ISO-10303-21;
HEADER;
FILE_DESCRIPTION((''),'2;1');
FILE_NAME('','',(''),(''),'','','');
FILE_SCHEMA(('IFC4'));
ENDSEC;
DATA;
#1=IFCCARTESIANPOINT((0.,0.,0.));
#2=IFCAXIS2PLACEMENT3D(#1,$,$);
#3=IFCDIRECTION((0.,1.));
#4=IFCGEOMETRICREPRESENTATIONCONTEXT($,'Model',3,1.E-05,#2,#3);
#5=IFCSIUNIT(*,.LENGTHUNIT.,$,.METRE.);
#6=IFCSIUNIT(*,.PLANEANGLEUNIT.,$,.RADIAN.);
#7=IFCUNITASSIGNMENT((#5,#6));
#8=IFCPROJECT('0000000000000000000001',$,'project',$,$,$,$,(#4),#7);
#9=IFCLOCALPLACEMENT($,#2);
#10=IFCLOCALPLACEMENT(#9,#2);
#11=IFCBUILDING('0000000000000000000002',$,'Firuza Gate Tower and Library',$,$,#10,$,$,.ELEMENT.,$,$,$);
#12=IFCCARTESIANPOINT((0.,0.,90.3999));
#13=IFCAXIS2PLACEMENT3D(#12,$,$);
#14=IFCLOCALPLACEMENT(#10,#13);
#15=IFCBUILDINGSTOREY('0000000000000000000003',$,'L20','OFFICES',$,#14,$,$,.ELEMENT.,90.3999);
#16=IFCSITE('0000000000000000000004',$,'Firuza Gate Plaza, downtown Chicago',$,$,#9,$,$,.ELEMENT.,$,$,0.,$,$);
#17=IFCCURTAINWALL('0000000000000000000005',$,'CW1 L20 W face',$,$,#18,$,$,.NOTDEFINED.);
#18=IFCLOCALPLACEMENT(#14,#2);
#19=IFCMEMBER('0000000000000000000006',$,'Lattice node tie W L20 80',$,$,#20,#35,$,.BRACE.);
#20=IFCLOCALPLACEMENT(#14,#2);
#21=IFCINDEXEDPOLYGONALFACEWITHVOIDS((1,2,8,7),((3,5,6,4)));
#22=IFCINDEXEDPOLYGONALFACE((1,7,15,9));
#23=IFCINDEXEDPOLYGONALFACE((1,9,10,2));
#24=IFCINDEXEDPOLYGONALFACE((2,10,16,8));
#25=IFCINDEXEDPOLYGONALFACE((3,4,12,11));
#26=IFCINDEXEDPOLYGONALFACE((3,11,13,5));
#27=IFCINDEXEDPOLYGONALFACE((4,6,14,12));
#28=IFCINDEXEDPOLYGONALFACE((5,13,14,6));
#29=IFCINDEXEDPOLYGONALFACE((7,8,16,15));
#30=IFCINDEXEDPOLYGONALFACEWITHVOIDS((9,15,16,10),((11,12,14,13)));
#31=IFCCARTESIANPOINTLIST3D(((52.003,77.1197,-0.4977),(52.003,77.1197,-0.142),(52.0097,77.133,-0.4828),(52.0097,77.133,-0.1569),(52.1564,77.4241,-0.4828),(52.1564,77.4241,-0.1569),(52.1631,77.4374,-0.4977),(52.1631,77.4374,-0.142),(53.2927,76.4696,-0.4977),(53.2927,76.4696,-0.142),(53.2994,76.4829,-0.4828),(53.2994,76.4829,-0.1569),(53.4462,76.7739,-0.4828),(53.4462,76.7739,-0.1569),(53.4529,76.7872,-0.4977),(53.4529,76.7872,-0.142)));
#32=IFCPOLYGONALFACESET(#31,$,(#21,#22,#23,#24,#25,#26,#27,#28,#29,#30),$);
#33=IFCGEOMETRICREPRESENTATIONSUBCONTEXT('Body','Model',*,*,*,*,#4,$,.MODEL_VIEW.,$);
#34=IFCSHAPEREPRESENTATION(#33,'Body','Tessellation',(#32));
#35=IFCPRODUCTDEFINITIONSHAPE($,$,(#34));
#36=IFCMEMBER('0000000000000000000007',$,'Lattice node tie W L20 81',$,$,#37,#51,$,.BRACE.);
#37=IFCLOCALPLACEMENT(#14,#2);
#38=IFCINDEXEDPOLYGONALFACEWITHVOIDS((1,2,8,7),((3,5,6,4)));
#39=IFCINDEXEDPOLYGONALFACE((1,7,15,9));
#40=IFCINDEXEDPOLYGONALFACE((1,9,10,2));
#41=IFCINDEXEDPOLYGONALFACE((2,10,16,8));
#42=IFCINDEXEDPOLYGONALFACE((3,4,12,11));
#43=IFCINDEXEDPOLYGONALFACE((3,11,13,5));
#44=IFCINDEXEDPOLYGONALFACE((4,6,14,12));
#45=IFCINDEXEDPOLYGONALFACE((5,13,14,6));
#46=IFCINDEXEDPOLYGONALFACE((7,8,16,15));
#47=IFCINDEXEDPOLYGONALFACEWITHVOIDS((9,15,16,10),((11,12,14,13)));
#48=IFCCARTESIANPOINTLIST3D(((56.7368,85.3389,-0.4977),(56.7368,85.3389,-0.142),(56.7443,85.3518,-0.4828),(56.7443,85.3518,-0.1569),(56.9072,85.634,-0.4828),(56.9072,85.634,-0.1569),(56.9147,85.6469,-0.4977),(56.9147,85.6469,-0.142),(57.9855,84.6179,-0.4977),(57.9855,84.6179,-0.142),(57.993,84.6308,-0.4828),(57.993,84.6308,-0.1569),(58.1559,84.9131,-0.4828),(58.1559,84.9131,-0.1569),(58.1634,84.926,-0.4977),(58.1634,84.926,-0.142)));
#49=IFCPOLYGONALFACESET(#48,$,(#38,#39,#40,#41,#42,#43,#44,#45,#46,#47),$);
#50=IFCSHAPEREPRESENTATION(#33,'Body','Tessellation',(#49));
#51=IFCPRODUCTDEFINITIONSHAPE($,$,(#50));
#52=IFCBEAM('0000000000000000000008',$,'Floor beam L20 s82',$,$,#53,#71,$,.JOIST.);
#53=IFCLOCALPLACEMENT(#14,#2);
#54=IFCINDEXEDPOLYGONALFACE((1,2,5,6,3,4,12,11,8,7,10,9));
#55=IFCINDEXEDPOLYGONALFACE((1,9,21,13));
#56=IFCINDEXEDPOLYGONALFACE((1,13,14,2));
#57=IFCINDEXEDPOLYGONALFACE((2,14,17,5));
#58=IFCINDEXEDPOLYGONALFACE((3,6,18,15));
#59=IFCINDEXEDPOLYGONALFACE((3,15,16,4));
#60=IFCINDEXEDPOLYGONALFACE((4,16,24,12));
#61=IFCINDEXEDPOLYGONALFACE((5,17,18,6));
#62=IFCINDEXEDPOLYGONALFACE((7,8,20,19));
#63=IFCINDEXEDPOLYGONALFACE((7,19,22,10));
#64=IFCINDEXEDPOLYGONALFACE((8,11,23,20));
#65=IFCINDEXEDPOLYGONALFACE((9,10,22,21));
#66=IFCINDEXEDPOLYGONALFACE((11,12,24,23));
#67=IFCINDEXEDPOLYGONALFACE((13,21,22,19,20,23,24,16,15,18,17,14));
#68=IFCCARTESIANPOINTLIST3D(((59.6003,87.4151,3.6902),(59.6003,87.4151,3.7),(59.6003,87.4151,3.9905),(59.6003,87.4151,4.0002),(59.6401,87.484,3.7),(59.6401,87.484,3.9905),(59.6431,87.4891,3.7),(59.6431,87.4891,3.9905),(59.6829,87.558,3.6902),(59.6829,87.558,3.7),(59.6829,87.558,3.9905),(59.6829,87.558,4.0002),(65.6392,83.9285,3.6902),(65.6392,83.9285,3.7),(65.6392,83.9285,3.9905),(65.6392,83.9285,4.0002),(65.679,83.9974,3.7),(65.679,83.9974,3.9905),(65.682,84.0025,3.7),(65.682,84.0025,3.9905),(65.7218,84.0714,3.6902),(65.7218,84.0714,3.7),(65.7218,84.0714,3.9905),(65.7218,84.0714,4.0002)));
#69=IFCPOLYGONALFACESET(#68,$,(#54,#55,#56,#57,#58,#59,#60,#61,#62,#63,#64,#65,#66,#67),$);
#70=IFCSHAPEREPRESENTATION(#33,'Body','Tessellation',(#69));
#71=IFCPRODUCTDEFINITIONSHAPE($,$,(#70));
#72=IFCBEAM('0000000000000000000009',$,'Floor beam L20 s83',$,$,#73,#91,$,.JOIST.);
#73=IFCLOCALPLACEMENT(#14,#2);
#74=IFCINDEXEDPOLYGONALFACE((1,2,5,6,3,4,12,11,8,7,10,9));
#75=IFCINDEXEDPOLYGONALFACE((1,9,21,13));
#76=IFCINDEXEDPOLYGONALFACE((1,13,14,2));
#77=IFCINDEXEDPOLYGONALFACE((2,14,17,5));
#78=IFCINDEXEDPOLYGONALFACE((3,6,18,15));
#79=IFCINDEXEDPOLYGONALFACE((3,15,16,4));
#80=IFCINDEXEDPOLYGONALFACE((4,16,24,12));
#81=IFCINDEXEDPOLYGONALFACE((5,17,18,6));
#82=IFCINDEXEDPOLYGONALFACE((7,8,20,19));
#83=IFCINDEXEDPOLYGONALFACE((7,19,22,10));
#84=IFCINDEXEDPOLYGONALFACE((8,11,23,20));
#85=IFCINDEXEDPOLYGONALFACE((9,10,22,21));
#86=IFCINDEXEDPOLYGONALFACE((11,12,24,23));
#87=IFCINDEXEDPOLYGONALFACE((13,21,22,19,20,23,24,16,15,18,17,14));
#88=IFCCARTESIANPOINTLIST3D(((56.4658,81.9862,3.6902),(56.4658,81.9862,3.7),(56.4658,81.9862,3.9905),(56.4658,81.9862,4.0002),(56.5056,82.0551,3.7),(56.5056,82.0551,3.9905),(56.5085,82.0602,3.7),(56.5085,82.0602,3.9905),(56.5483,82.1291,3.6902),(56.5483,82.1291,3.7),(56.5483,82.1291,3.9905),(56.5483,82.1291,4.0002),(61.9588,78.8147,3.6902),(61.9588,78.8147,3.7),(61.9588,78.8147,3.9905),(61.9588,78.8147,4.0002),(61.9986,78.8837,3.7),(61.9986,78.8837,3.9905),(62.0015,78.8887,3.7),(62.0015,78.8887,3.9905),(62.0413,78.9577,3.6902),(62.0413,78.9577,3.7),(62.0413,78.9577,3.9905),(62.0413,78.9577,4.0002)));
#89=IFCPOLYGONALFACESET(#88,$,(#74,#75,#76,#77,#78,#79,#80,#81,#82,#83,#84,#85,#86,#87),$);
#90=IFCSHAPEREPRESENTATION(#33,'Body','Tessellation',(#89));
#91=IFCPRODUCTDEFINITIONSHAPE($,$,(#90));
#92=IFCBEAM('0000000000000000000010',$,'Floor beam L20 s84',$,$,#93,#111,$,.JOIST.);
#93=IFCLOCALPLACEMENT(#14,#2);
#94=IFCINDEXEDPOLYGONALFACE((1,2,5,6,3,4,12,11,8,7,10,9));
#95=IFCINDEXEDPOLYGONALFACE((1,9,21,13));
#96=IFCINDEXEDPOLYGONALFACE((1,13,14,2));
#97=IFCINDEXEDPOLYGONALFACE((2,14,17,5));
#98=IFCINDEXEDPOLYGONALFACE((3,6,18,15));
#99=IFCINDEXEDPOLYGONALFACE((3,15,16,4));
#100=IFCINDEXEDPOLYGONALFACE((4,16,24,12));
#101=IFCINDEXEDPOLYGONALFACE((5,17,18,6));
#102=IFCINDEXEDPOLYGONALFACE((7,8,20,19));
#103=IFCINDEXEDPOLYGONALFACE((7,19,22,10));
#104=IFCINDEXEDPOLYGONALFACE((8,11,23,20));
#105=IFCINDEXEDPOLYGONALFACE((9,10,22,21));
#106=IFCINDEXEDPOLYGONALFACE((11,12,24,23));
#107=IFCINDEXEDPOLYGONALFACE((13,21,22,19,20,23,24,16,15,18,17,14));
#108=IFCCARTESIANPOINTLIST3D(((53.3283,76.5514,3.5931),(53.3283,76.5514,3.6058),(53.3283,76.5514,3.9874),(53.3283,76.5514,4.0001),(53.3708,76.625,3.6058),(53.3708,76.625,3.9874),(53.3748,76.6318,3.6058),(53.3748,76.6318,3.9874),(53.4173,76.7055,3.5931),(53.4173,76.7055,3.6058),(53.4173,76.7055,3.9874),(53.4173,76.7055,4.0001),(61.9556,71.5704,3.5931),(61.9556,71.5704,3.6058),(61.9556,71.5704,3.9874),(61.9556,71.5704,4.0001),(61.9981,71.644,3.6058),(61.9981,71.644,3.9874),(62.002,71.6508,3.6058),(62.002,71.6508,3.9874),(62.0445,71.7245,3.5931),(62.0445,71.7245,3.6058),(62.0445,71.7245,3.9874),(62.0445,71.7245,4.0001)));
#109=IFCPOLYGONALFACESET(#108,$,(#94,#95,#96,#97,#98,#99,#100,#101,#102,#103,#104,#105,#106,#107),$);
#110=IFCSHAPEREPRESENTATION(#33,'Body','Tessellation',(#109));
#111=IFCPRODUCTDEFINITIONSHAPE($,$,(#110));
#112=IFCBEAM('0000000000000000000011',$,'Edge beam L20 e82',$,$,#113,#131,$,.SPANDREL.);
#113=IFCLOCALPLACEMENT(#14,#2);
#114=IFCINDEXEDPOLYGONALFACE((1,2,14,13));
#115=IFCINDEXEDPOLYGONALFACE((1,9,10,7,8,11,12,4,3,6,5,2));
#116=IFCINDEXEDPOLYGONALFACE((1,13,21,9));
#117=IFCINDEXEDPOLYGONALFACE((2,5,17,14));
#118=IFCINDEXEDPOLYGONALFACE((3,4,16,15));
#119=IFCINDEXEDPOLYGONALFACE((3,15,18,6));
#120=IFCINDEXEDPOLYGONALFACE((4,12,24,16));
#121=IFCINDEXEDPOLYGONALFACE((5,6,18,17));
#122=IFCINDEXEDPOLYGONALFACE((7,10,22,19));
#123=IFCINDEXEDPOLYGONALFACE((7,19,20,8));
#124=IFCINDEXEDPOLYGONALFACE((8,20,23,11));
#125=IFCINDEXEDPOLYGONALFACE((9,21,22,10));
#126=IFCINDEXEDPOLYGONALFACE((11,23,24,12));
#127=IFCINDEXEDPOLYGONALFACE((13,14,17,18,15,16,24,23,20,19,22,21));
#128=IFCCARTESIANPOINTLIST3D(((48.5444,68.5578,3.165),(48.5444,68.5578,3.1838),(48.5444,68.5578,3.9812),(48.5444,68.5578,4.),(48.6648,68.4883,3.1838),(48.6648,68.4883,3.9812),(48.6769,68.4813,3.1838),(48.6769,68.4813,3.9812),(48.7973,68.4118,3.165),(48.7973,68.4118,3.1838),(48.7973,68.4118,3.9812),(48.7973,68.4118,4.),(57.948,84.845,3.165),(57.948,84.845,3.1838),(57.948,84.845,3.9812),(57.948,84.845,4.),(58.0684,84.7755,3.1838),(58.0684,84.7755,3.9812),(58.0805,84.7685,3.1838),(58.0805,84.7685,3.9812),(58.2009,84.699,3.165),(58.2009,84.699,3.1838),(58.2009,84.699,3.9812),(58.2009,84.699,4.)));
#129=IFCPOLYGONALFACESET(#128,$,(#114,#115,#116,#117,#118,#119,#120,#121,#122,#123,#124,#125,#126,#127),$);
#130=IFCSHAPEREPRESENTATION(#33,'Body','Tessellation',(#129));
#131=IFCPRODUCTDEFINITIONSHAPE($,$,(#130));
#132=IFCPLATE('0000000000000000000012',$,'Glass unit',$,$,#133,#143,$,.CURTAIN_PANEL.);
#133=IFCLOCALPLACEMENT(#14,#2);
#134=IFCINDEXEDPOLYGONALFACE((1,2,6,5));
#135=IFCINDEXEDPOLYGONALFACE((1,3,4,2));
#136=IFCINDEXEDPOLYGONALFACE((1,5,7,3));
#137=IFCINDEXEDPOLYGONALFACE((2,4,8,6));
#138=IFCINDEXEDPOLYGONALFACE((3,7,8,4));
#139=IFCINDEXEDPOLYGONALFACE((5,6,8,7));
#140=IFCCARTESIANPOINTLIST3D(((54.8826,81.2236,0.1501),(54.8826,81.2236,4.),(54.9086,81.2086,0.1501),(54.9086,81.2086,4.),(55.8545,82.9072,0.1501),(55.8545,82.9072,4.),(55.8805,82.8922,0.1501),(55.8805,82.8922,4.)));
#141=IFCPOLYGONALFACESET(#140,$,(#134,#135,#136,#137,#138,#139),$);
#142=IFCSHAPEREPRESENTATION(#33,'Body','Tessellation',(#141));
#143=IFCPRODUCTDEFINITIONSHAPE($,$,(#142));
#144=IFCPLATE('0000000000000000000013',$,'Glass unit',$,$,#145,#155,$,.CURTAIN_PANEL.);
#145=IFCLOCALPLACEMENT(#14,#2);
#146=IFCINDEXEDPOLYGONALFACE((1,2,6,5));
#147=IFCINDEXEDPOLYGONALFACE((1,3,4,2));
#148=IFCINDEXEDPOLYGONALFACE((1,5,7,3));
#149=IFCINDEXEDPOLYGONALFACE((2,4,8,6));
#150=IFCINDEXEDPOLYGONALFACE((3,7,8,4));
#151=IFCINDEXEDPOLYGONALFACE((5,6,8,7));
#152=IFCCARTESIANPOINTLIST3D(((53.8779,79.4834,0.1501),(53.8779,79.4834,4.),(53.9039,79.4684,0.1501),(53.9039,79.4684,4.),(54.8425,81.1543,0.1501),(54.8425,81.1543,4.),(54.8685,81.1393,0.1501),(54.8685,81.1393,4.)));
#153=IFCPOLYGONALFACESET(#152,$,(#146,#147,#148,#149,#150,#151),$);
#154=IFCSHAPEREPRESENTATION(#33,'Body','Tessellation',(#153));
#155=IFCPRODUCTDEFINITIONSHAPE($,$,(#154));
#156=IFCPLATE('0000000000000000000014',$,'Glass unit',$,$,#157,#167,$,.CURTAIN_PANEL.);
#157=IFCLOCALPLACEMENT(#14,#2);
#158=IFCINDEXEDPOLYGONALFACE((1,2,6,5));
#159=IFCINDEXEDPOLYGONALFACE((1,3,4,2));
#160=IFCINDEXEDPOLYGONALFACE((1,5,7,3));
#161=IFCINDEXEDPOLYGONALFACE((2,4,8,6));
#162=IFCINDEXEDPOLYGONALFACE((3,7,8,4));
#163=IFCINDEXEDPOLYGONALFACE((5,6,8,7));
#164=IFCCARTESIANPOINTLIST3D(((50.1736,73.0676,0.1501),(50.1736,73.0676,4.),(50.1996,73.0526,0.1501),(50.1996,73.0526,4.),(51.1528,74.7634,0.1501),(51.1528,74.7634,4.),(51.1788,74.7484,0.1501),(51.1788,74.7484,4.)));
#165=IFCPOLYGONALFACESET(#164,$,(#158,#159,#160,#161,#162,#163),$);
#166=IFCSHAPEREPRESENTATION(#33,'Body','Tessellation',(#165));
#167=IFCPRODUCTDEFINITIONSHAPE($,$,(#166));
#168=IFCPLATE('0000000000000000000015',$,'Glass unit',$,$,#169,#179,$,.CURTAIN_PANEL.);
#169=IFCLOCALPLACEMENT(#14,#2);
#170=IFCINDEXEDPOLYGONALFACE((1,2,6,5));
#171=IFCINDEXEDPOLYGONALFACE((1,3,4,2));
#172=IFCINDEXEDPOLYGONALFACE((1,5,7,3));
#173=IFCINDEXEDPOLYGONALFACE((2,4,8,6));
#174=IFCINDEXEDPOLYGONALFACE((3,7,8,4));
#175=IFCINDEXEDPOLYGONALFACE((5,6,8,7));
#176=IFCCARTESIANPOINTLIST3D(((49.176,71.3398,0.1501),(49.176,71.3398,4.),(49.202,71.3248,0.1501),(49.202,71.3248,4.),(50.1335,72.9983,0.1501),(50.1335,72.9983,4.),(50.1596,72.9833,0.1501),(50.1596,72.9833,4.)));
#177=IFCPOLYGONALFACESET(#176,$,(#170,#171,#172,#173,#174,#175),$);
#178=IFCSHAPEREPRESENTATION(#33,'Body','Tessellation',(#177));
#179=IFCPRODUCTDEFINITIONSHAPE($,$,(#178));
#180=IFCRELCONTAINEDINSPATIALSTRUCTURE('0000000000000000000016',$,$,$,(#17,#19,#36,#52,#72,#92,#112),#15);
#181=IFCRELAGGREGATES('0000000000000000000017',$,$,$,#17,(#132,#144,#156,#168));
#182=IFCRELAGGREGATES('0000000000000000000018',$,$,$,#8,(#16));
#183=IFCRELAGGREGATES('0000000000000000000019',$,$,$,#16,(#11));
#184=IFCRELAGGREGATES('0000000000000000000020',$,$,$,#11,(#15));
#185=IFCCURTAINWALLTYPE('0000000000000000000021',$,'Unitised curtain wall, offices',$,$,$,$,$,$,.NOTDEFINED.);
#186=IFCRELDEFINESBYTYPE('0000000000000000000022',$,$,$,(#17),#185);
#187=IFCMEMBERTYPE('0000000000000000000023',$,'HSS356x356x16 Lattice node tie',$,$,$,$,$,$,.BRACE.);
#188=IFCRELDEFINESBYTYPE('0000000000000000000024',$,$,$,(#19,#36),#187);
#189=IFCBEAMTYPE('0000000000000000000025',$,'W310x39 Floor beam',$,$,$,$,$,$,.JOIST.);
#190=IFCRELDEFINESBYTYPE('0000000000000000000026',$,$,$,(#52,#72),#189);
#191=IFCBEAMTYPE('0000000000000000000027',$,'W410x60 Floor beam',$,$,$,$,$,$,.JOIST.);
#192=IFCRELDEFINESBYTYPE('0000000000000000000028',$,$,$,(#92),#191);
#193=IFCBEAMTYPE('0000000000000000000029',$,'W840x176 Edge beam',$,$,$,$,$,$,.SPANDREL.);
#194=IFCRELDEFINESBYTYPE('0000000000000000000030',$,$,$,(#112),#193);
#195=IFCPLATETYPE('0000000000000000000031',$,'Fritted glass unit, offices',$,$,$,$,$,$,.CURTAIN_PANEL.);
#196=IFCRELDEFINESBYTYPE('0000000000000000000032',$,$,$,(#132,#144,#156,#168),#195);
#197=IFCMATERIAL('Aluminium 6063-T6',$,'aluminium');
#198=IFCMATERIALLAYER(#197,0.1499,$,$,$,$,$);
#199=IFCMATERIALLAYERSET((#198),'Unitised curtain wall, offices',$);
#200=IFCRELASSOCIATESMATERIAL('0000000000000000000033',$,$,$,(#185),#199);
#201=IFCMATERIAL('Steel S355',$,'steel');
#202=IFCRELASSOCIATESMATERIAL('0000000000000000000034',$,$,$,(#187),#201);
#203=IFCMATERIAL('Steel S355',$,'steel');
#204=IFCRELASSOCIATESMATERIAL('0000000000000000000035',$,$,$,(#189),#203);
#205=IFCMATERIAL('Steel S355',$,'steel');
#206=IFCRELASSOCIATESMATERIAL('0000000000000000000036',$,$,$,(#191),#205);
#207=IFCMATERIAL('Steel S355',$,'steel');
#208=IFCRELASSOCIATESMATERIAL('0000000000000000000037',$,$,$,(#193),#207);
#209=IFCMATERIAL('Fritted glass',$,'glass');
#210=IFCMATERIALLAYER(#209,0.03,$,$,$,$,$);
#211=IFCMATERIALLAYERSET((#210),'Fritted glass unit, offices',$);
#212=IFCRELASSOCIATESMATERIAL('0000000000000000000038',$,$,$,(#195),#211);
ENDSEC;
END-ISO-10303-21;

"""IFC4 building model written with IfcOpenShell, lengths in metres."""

from ifc_helpers import new_model, si_unit, direction, frame, origin, origin_2d, place, context, subcontext, project, spatial, polyline, hollow_rectangle, i_section, outline, extrude, material, layer, layer_set, material_profile, profile_set, type_object, element, aggregate, save


model = new_model("IFC4")

# Units and contexts
model_context = context("Model", 3, precision=1e-05, world=origin(), true_north=direction((0.0, 1.0)))
body_context = subcontext(model_context, "Body", "Model", "MODEL_VIEW")
ifc_project = project(units=[si_unit("LENGTHUNIT", "METRE"), si_unit("PLANEANGLEUNIT", "RADIAN")], contexts=[model_context])

# Site, building, storey
site_placement = place(None, origin())
site = spatial("IfcSite", under=ifc_project, at=site_placement, Name="Firuza Gate Plaza, downtown Chicago", CompositionType="ELEMENT", RefElevation=0.0)
building_placement = place(site_placement, origin())
building = spatial("IfcBuilding", under=site, at=building_placement, Name="Firuza Gate Tower and Library", CompositionType="ELEMENT")
storey_placement = place(building_placement, frame((0.0, 0.0, 90.3999)))
storey = spatial("IfcBuildingStorey", under=building, at=storey_placement, Name="L20", Description="OFFICES", CompositionType="ELEMENT", Elevation=90.3999)

# Curtain wall
ifc_material_1 = material(Name="Aluminium 6063-T6", Category="aluminium")
ifc_layer_1 = layer(ifc_material_1, 0.1499)
ifc_layer_set_1 = layer_set([ifc_layer_1], Name="Unitised curtain wall, offices")
curtain_wall_type = type_object("IfcCurtainWallType", Name="Unitised curtain wall, offices", PredefinedType="NOTDEFINED", material=ifc_layer_set_1)
curtain_wall_placement = place(storey_placement, origin())
curtain_wall = element("IfcCurtainWall", 1, at=curtain_wall_placement, inside=storey, type_object=curtain_wall_type, Name="CW1 L20 W face", PredefinedType="NOTDEFINED")

# Members
ifc_material_2 = material(Name="Steel S355", Category="steel")
ifc_material_profile_1 = material_profile(ifc_material_2, hollow_rectangle(XDim=0.3557, YDim=0.3557, WallThickness=0.0149, at=origin_2d()))
ifc_profile_set_1 = profile_set([ifc_material_profile_1], Name="Steel S355")
member_type_1 = type_object("IfcMemberType", Name="HSS356x356x16 Lattice node tie", PredefinedType="BRACE", material=ifc_profile_set_1)
member_1_placement = place(storey_placement, frame((53.3728, 76.6284, -0.3198), z_axis=(-0.892969, 0.450118, 0.0), x_axis=(-0.450118, -0.892969, 0.0)))
element("IfcMember", 2, at=member_1_placement, inside=storey, type_object=member_type_1, Name="Lattice node tie W L20 80", PredefinedType="BRACE", context=body_context, shape_type="SweptSolid", body=[
    extrude(hollow_rectangle(XDim=0.3557, YDim=0.3557, WallThickness=0.0149, at=origin_2d()), origin(), (0.0, 0.0, 1.0), 1.4443),
])
member_2_placement = place(storey_placement, frame((58.0745, 84.772, -0.3198), z_axis=(-0.866036, 0.499981, 0.0), x_axis=(-0.499981, -0.866036, 0.0)))
element("IfcMember", 3, at=member_2_placement, inside=storey, type_object=member_type_1, Name="Lattice node tie W L20 81", PredefinedType="BRACE", context=body_context, shape_type="SweptSolid", body=[
    extrude(hollow_rectangle(XDim=0.3557, YDim=0.3557, WallThickness=0.0149, at=origin_2d()), origin(), (0.0, 0.0, 1.0), 1.4419),
])

# Beams
ifc_material_3 = material(Name="Steel S355", Category="steel")
ifc_material_profile_2 = material_profile(ifc_material_3, i_section(OverallWidth=0.165, OverallDepth=0.3101, WebThickness=0.0059, FlangeThickness=0.0098, at=origin_2d()))
ifc_profile_set_2 = profile_set([ifc_material_profile_2], Name="Steel S355")
beam_type_1 = type_object("IfcBeamType", Name="W310x39 Floor beam", PredefinedType="JOIST", material=ifc_profile_set_2)
beam_1_placement = place(storey_placement, frame((59.6416, 87.4866, 3.8452), z_axis=(0.866022, -0.500006, 0.0), x_axis=(0.500006, 0.866022, 0.0)))
element("IfcBeam", 4, at=beam_1_placement, inside=storey, type_object=beam_type_1, Name="Floor beam L20 s82", PredefinedType="JOIST", context=body_context, shape_type="SweptSolid", body=[
    extrude(i_section(OverallWidth=0.165, OverallDepth=0.3101, WebThickness=0.0059, FlangeThickness=0.0098, at=origin_2d()), origin(), (0.0, 0.0, 1.0), 6.9731),
])
beam_2_placement = place(storey_placement, frame((56.5071, 82.0576, 3.8452), z_axis=(0.866022, -0.500006, 0.0), x_axis=(0.500006, 0.866022, 0.0)))
element("IfcBeam", 5, at=beam_2_placement, inside=storey, type_object=beam_type_1, Name="Floor beam L20 s83", PredefinedType="JOIST", context=body_context, shape_type="SweptSolid", body=[
    extrude(i_section(OverallWidth=0.165, OverallDepth=0.3101, WebThickness=0.0059, FlangeThickness=0.0098, at=origin_2d()), origin(), (0.0, 0.0, 1.0), 6.3428),
])
ifc_material_4 = material(Name="Steel S355", Category="steel")
ifc_material_profile_3 = material_profile(ifc_material_4, i_section(OverallWidth=0.178, OverallDepth=0.407, WebThickness=0.0078, FlangeThickness=0.0127, at=origin_2d()))
ifc_profile_set_3 = profile_set([ifc_material_profile_3], Name="Steel S355")
beam_type_2 = type_object("IfcBeamType", Name="W410x60 Floor beam", PredefinedType="JOIST", material=ifc_profile_set_3)
beam_3_placement = place(storey_placement, frame((53.3728, 76.6284, 3.7966), z_axis=(0.866024, -0.500003, 0.0), x_axis=(0.500003, 0.866024, 0.0)))
element("IfcBeam", 6, at=beam_3_placement, inside=storey, type_object=beam_type_2, Name="Floor beam L20 s84", PredefinedType="JOIST", context=body_context, shape_type="SweptSolid", body=[
    extrude(i_section(OverallWidth=0.178, OverallDepth=0.407, WebThickness=0.0078, FlangeThickness=0.0127, at=origin_2d()), origin(), (0.0, 0.0, 1.0), 9.9619),
])
ifc_material_5 = material(Name="Steel S355", Category="steel")
ifc_material_profile_4 = material_profile(ifc_material_5, i_section(OverallWidth=0.292, OverallDepth=0.835, WebThickness=0.0139, FlangeThickness=0.0188, at=origin_2d()))
ifc_profile_set_4 = profile_set([ifc_material_profile_4], Name="Steel S355")
beam_type_3 = type_object("IfcBeamType", Name="W840x176 Edge beam", PredefinedType="SPANDREL", material=ifc_profile_set_4)
beam_4_placement = place(storey_placement, frame((58.0745, 84.772, 3.5825), z_axis=(-0.500008, -0.866021, 0.0), x_axis=(0.866021, -0.500008, 0.0)))
element("IfcBeam", 7, at=beam_4_placement, inside=storey, type_object=beam_type_3, Name="Edge beam L20 e82", PredefinedType="SPANDREL", context=body_context, shape_type="SweptSolid", body=[
    extrude(i_section(OverallWidth=0.292, OverallDepth=0.835, WebThickness=0.0139, FlangeThickness=0.0188, at=origin_2d()), origin(), (0.0, 0.0, 1.0), 18.8069),
])

# Plates
ifc_material_6 = material(Name="Fritted glass", Category="glass")
ifc_layer_2 = layer(ifc_material_6, 0.03)
ifc_layer_set_2 = layer_set([ifc_layer_2], Name="Fritted glass unit, offices")
plate_type_1 = type_object("IfcPlateType", Name="Fritted glass unit, offices", PredefinedType="CURTAIN_PANEL", material=ifc_layer_set_2)
plate_1_placement = place(storey_placement, frame((55.8545, 82.9072, 0.1501), z_axis=(-0.866048, 0.499962, 0.0), x_axis=(-0.499962, -0.866048, 0.0)))
plate_1 = element("IfcPlate", 8, at=plate_1_placement, type_object=plate_type_1, Name="Glass unit", PredefinedType="CURTAIN_PANEL", context=body_context, shape_type="SweptSolid", body=[
    extrude(outline(polyline([(0.0, 0.0), (1.944, 0.0), (1.944, 3.8499), (0.0, 3.8499), (0.0, 0.0)])), origin(), (0.0, 0.0, -1.0), 0.03),
])
plate_2_placement = place(storey_placement, frame((54.8425, 81.1543, 0.1501), z_axis=(-0.866047, 0.499963, 0.0), x_axis=(-0.499963, -0.866047, 0.0)))
plate_2 = element("IfcPlate", 9, at=plate_2_placement, type_object=plate_type_1, Name="Glass unit", PredefinedType="CURTAIN_PANEL", context=body_context, shape_type="SweptSolid", body=[
    extrude(outline(polyline([(0.0, 0.0), (1.9293, 0.0), (1.9293, 3.8499), (0.0, 3.8499), (0.0, 0.0)])), origin(), (0.0, 0.0, -1.0), 0.03),
])
plate_3_placement = place(storey_placement, frame((51.1528, 74.7634, 0.1501), z_axis=(-0.865986, 0.500068, 0.0), x_axis=(-0.500068, -0.865986, 0.0)))
plate_3 = element("IfcPlate", 10, at=plate_3_placement, type_object=plate_type_1, Name="Glass unit", PredefinedType="CURTAIN_PANEL", context=body_context, shape_type="SweptSolid", body=[
    extrude(outline(polyline([(0.0, 0.0), (1.9582, 0.0), (1.9582, 3.8499), (0.0, 3.8499), (0.0, 0.0)])), origin(), (0.0, 0.0, -1.0), 0.03),
])
plate_4_placement = place(storey_placement, frame((50.1335, 72.9983, 0.1501), z_axis=(-0.866022, 0.500006, 0.0), x_axis=(-0.500006, -0.866022, 0.0)))
plate_4 = element("IfcPlate", 11, at=plate_4_placement, type_object=plate_type_1, Name="Glass unit", PredefinedType="CURTAIN_PANEL", context=body_context, shape_type="SweptSolid", body=[
    extrude(outline(polyline([(0.0, 0.0), (1.915, 0.0), (1.915, 3.8499), (0.0, 3.8499), (0.0, 0.0)])), origin(), (0.0, 0.0, -1.0), 0.03),
])
aggregate(curtain_wall, [plate_1, plate_2, plate_3, plate_4])

save(model, "model.ifc")
